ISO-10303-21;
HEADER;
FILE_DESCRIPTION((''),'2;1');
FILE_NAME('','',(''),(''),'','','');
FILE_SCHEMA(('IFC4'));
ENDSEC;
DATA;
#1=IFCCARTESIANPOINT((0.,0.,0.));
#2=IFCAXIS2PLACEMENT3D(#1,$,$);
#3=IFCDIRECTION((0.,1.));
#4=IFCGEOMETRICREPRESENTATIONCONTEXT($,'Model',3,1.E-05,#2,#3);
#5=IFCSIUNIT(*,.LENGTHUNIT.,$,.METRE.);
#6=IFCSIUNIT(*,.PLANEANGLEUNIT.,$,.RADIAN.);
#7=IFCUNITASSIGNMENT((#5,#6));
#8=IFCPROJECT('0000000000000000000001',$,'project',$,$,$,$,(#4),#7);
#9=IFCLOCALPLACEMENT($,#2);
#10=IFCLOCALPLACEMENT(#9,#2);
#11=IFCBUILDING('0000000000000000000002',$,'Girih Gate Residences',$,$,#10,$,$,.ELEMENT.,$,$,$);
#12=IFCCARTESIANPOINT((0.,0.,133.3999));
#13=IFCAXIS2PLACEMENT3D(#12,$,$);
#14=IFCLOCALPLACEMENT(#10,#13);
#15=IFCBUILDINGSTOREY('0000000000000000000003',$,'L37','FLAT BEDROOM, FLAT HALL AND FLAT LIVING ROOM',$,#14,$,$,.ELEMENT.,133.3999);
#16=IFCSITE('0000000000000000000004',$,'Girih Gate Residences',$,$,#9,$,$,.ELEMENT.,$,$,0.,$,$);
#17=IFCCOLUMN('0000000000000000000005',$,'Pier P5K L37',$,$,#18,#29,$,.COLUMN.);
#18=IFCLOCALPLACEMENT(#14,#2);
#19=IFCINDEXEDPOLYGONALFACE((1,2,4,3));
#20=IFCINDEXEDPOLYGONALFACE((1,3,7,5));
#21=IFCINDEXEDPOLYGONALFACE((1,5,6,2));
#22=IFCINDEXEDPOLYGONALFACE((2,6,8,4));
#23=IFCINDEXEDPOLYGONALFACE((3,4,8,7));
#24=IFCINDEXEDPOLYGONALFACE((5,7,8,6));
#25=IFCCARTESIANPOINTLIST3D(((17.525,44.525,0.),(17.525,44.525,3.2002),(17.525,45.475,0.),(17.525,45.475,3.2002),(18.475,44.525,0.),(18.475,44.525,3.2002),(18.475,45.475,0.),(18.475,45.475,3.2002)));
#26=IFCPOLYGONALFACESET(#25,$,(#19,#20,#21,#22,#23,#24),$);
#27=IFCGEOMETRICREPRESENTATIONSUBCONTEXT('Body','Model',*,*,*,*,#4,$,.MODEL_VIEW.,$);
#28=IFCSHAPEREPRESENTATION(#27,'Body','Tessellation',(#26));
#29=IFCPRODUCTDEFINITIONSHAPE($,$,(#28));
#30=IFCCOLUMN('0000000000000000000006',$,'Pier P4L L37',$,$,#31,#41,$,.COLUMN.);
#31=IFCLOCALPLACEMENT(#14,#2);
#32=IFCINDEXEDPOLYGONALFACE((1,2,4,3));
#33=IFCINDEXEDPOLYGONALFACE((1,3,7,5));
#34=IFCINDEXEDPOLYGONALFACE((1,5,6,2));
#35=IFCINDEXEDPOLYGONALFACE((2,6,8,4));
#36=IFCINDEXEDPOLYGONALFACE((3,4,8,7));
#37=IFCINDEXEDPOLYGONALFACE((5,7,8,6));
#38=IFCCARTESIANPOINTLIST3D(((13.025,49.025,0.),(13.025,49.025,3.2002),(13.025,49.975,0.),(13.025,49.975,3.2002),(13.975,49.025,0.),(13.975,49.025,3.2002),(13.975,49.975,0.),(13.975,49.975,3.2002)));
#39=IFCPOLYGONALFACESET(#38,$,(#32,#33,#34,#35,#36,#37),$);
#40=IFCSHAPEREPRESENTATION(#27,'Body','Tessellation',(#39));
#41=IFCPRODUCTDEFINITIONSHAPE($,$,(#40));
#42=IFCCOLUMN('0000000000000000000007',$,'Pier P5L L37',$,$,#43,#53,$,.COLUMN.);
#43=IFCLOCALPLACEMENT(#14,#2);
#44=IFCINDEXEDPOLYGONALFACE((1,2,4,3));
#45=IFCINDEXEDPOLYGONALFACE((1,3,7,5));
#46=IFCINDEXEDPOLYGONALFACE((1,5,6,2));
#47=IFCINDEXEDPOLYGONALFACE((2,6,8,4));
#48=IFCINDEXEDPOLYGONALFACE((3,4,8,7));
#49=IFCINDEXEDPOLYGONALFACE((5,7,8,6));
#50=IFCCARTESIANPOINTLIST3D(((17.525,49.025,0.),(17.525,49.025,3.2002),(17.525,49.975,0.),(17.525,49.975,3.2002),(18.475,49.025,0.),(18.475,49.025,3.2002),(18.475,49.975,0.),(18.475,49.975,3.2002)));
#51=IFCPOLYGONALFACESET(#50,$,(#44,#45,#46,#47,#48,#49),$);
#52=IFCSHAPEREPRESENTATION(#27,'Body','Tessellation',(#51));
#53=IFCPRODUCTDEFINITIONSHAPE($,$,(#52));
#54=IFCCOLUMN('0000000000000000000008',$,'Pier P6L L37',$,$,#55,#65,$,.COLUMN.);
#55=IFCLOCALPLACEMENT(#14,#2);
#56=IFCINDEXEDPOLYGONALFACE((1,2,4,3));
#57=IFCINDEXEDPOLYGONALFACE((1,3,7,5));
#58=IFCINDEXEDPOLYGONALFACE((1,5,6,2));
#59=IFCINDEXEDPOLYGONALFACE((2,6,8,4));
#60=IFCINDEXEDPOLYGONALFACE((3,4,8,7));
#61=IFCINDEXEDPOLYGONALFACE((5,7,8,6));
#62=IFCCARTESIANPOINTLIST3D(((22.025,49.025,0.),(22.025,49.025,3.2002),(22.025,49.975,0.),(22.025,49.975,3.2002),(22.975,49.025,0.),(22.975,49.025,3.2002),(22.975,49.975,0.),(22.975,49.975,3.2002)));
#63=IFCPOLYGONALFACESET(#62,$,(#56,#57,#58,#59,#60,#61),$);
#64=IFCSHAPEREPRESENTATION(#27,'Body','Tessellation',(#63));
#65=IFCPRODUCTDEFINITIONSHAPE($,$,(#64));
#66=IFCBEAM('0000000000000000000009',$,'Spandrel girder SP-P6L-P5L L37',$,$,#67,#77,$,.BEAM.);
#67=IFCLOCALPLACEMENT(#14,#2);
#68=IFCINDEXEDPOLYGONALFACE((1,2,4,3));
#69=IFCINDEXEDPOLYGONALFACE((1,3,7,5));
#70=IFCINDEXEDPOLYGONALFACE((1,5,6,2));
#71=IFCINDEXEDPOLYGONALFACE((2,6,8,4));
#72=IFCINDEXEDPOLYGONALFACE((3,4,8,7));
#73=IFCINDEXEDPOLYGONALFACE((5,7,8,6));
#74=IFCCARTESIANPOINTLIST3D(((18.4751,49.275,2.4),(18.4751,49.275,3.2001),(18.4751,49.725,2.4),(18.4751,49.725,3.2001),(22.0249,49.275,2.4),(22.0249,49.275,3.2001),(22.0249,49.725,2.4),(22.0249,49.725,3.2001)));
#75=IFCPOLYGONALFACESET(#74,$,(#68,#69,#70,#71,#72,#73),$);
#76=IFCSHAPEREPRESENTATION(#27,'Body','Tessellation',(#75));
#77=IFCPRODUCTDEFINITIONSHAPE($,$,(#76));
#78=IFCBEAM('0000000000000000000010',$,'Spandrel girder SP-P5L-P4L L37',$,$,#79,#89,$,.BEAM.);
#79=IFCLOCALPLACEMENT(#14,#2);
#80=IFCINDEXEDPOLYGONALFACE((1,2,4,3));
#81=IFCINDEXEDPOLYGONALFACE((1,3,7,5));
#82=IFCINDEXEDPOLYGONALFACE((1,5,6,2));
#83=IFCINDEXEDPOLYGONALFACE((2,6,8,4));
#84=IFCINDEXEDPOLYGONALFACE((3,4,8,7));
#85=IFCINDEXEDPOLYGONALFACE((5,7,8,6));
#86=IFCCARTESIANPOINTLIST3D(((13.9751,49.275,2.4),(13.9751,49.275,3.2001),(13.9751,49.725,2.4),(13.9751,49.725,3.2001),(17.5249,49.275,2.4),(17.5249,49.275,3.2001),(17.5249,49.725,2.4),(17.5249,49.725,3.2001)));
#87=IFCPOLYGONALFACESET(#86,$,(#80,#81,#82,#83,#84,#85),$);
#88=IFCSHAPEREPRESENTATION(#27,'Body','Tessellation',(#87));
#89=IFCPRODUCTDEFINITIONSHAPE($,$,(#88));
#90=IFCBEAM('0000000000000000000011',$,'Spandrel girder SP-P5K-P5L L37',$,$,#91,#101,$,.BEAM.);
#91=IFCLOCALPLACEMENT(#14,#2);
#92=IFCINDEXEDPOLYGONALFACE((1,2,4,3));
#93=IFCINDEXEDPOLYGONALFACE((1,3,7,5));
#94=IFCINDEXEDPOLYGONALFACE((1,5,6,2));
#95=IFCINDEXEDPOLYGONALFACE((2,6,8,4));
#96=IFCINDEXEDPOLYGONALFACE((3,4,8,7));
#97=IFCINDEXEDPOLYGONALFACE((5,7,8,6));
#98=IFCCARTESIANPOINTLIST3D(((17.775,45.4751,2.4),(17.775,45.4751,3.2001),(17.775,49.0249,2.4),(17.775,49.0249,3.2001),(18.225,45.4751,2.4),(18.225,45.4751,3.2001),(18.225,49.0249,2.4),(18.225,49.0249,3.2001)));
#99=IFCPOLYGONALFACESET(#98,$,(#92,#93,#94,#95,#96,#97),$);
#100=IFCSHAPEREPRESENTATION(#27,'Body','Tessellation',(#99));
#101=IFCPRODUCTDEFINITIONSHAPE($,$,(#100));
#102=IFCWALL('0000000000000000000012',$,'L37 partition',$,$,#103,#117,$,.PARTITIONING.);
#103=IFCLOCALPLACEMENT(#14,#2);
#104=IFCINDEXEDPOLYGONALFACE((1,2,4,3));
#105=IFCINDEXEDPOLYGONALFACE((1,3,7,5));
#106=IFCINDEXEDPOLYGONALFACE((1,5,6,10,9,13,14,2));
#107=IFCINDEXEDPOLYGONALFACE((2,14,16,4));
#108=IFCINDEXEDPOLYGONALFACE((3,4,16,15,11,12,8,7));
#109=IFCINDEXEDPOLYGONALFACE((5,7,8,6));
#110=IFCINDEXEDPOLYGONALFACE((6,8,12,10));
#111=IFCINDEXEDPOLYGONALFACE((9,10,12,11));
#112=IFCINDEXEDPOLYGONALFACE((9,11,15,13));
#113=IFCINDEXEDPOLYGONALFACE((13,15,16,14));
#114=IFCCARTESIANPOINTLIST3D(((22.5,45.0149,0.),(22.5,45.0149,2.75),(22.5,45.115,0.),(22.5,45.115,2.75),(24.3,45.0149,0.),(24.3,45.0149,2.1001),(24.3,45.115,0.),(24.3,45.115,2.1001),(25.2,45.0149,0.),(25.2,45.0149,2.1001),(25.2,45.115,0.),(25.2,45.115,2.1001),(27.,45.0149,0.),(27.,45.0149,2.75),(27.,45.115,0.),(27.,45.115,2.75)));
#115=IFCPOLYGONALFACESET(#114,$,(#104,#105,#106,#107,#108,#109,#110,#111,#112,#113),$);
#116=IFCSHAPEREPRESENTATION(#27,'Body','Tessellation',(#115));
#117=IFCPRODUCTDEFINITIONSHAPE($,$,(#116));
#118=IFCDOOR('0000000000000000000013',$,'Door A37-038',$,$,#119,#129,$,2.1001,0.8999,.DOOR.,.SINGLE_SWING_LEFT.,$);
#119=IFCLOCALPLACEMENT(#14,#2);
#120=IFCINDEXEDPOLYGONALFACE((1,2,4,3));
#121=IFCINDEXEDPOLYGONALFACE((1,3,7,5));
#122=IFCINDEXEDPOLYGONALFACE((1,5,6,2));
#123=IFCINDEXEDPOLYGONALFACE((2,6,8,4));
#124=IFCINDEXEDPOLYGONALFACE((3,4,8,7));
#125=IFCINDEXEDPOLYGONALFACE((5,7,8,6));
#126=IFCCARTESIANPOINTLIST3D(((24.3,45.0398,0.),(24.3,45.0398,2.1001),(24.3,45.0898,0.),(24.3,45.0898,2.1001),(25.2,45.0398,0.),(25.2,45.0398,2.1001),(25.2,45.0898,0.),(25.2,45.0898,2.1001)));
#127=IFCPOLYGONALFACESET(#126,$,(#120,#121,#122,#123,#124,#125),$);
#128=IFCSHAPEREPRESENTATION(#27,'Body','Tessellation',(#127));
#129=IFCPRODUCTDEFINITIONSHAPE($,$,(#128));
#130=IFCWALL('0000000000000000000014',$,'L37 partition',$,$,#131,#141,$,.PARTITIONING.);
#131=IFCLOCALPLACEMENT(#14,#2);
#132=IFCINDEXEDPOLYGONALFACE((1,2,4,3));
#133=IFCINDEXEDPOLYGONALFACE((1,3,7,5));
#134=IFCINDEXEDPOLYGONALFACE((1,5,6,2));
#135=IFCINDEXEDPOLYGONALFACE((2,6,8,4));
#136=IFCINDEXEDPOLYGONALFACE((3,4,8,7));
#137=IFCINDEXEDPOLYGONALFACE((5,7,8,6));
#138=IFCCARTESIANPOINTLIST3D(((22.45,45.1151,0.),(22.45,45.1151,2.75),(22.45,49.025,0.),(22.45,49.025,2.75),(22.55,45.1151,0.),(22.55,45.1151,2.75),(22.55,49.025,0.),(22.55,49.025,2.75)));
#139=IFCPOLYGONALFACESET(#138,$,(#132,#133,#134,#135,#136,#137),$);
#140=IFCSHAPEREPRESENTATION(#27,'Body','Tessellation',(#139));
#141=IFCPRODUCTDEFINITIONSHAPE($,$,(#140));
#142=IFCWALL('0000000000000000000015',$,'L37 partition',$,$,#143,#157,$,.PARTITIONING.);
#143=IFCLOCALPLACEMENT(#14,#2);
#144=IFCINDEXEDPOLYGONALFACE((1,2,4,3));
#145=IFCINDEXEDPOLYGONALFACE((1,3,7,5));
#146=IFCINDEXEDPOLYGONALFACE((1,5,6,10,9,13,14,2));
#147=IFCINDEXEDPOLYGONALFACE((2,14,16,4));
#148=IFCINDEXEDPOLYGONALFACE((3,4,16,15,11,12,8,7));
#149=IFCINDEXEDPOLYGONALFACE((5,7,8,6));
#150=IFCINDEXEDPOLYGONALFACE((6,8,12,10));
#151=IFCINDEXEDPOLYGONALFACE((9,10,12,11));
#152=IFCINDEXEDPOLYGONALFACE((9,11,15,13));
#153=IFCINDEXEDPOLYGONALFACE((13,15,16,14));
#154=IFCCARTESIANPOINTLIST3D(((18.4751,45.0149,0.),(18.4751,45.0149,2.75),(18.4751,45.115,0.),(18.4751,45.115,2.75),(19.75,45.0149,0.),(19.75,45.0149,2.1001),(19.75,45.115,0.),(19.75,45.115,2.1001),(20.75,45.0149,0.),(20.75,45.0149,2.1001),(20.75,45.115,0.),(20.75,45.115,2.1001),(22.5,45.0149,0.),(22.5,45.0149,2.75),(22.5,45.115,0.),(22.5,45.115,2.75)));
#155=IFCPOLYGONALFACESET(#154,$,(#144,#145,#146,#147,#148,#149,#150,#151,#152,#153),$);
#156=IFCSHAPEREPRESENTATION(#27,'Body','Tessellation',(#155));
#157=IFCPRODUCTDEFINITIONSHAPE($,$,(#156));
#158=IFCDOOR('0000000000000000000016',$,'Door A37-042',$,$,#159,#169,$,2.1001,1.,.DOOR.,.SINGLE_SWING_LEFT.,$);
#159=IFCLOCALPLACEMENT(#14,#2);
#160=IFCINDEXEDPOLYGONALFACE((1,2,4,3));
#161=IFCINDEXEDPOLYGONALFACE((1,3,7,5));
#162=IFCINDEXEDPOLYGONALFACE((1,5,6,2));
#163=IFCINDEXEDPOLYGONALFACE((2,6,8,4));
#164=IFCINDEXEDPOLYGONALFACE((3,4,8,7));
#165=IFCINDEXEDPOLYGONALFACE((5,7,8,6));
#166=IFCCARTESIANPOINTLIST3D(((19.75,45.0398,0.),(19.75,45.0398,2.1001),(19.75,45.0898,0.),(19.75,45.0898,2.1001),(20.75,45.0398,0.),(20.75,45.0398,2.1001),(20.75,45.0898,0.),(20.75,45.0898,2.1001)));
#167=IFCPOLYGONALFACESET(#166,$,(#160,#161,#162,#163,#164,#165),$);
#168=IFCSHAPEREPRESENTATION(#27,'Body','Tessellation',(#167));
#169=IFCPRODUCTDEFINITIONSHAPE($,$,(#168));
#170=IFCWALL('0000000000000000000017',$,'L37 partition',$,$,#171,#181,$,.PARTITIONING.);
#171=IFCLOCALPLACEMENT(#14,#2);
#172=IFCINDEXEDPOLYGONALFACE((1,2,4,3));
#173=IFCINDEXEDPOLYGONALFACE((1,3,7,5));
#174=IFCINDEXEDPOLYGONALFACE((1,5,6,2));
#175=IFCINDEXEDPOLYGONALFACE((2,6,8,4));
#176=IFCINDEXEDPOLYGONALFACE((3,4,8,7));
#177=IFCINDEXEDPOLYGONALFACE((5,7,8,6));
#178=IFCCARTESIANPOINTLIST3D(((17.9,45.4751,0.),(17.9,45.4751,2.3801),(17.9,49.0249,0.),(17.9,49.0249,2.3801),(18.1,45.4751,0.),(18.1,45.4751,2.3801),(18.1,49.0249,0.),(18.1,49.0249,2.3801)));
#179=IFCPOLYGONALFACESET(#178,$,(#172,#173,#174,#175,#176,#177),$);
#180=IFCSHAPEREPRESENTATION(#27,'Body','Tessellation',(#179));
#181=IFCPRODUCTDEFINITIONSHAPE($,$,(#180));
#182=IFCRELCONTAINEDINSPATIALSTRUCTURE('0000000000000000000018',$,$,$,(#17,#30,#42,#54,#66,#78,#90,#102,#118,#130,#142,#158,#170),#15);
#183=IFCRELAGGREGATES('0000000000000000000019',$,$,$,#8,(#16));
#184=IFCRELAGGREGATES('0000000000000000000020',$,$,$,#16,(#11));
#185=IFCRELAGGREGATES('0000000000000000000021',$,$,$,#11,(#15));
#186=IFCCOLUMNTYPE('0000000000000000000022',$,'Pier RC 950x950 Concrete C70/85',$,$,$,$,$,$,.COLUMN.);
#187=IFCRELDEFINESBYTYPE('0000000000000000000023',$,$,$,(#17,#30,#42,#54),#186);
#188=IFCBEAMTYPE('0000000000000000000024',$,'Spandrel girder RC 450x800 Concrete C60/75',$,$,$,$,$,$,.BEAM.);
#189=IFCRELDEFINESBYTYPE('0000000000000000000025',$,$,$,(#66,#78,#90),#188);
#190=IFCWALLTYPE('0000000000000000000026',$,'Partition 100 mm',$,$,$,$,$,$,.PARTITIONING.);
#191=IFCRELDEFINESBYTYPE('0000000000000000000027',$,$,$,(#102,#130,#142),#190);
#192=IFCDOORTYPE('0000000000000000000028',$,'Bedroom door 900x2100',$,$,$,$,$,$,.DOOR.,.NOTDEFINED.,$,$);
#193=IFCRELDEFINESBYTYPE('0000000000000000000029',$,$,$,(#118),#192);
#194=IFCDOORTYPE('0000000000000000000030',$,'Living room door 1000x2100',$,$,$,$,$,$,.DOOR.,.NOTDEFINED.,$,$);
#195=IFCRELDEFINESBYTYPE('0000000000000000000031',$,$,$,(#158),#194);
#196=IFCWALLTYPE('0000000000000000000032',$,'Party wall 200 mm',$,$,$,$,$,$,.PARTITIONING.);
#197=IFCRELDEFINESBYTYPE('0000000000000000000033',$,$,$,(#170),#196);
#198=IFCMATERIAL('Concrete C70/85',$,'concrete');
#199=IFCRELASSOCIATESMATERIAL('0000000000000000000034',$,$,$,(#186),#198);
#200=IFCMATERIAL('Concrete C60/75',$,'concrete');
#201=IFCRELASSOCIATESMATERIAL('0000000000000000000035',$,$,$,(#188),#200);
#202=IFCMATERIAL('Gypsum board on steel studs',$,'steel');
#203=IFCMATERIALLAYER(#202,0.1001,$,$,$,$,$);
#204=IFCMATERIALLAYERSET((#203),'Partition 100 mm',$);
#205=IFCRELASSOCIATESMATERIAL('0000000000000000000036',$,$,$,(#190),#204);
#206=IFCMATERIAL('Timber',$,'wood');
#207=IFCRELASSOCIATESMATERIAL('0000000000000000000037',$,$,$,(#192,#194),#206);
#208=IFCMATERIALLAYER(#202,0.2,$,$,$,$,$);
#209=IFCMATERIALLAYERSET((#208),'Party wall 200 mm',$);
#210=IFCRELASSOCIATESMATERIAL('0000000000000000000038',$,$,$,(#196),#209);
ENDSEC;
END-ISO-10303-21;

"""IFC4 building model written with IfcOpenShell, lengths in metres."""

from ifc_helpers import new_model, si_unit, direction, frame, frame_2d, origin, origin_2d, place, context, subcontext, project, spatial, rectangle, extrude, material, layer, layer_set, material_profile, profile_set, type_object, element, fill, save


model = new_model("IFC4")

# Units and contexts
model_context = context("Model", 3, precision=1e-05, world=origin(), true_north=direction((0.0, 1.0)))
body_context = subcontext(model_context, "Body", "Model", "MODEL_VIEW")
ifc_project = project(units=[si_unit("LENGTHUNIT", "METRE"), si_unit("PLANEANGLEUNIT", "RADIAN")], contexts=[model_context])

# Site, building, storey
site_placement = place(None, origin())
site = spatial("IfcSite", under=ifc_project, at=site_placement, Name="Girih Gate Residences", CompositionType="ELEMENT", RefElevation=0.0)
building_placement = place(site_placement, origin())
building = spatial("IfcBuilding", under=site, at=building_placement, Name="Girih Gate Residences", CompositionType="ELEMENT")
storey_placement = place(building_placement, frame((0.0, 0.0, 133.3999)))
storey = spatial("IfcBuildingStorey", under=building, at=storey_placement, Name="L37", Description="FLAT BEDROOM, FLAT HALL AND FLAT LIVING ROOM", CompositionType="ELEMENT", Elevation=133.3999)

# Columns
ifc_material_1 = material(Name="Concrete C70/85", Category="concrete")
ifc_material_profile_1 = material_profile(ifc_material_1, rectangle(XDim=0.95, YDim=0.95, at=origin_2d()))
ifc_profile_set_1 = profile_set([ifc_material_profile_1], Name="Concrete C70/85")
column_type = type_object("IfcColumnType", Name="Pier RC 950x950 Concrete C70/85", PredefinedType="COLUMN", material=ifc_profile_set_1)
for number, where, z_axis, x_axis, name in (
    (1, (18.0, 45.0, 0.0), (0.0, 0.0, 1.0), (1.0, 0.0, 0.0), "Pier P5K L37"),
    (2, (13.5, 49.5, 0.0), (0.0, 0.0, 1.0), (1.0, 0.0, 0.0), "Pier P4L L37"),
    (3, (18.0, 49.5, 0.0), (0.0, 0.0, 1.0), (1.0, 0.0, 0.0), "Pier P5L L37"),
    (4, (22.5, 49.5, 0.0), (0.0, 0.0, 1.0), (1.0, 0.0, 0.0), "Pier P6L L37"),
):
    element("IfcColumn", number, at=place(storey_placement, frame(where, z_axis=z_axis, x_axis=x_axis)), inside=storey, type_object=column_type, Name=name, PredefinedType="COLUMN", context=body_context, shape_type="SweptSolid", body=[
        extrude(rectangle(XDim=0.95, YDim=0.95, at=origin_2d()), origin(), (0.0, 0.0, 1.0), 3.2002),
    ])

# Beams
ifc_material_2 = material(Name="Concrete C60/75", Category="concrete")
ifc_material_profile_2 = material_profile(ifc_material_2, rectangle(XDim=0.45, YDim=0.8, at=origin_2d()))
ifc_profile_set_2 = profile_set([ifc_material_profile_2], Name="Concrete C60/75")
beam_type = type_object("IfcBeamType", Name="Spandrel girder RC 450x800 Concrete C60/75", PredefinedType="BEAM", material=ifc_profile_set_2)
for number, where, z_axis, x_axis, name in (
    (5, (22.0249, 49.5, 2.8), (-1.0, 0.0, 0.0), (0.0, -1.0, 0.0), "Spandrel girder SP-P6L-P5L L37"),
    (6, (17.5249, 49.5, 2.8), (-1.0, 0.0, 0.0), (0.0, -1.0, 0.0), "Spandrel girder SP-P5L-P4L L37"),
    (7, (18.0, 45.4751, 2.8), (0.0, 1.0, 0.0), (-1.0, 0.0, 0.0), "Spandrel girder SP-P5K-P5L L37"),
):
    element("IfcBeam", number, at=place(storey_placement, frame(where, z_axis=z_axis, x_axis=x_axis)), inside=storey, type_object=beam_type, Name=name, PredefinedType="BEAM", context=body_context, shape_type="SweptSolid", body=[
        extrude(rectangle(XDim=0.45, YDim=0.8, at=origin_2d()), origin(), (0.0, 0.0, 1.0), 3.5498),
    ])

# Wall, opening, door
ifc_material_3 = material(Name="Gypsum board on steel studs", Category="steel")
ifc_layer_1 = layer(ifc_material_3, 0.1001)
ifc_layer_set_1 = layer_set([ifc_layer_1], Name="Partition 100 mm")
wall_type_1 = type_object("IfcWallType", Name="Partition 100 mm", PredefinedType="PARTITIONING", material=ifc_layer_set_1)
wall_1_placement = place(storey_placement, frame((22.5, 45.0649, 0.0), z_axis=(0.0, 0.0, 1.0), x_axis=(1.0, 0.0, 0.0)))
wall_1 = element("IfcWall", 8, at=wall_1_placement, inside=storey, type_object=wall_type_1, Name="L37 partition", PredefinedType="PARTITIONING", context=body_context, shape_type="SweptSolid", body=[
    extrude(rectangle(XDim=4.5, YDim=0.1001, at=frame_2d((2.25, 0.0))), origin(), (0.0, 0.0, 1.0), 2.75),
])
opening_1_placement = place(wall_1_placement, frame((1.8, 0.0, 0.0)))
opening_1 = element("IfcOpeningElement", 9, at=opening_1_placement, cuts=wall_1, PredefinedType="OPENING", context=body_context, shape_type="SweptSolid", body=[
    extrude(rectangle(XDim=0.8999, YDim=2.1001, at=frame_2d((0.45, 1.05))), frame((0.0, 0.0601, 0.0), z_axis=(0.0, -1.0, 0.0), x_axis=(1.0, 0.0, 0.0)), (0.0, 0.0, 1.0), 0.1201),
])
ifc_material_4 = material(Name="Timber", Category="wood")
door_type_1 = type_object("IfcDoorType", Name="Bedroom door 900x2100", OperationType="NOTDEFINED", PredefinedType="DOOR", material=ifc_material_4)
door_1_placement = place(opening_1_placement, origin())
door_1 = element("IfcDoor", 10, at=door_1_placement, inside=storey, type_object=door_type_1, Name="Door A37-038", OperationType="SINGLE_SWING_LEFT", OverallHeight=2.1001, OverallWidth=0.8999, PredefinedType="DOOR", context=body_context, shape_type="SweptSolid", body=[
    extrude(rectangle(XDim=0.8999, YDim=2.1001, at=frame_2d((0.45, 1.05))), frame((0.0, 0.0249, 0.0), z_axis=(0.0, -1.0, 0.0), x_axis=(1.0, 0.0, 0.0)), (0.0, 0.0, 1.0), 0.05),
])
fill(opening_1, door_1)

# Wall
wall_2_placement = place(storey_placement, frame((22.5, 45.115, 0.0), z_axis=(0.0, 0.0, 1.0), x_axis=(0.0, 1.0, 0.0)))
element("IfcWall", 11, at=wall_2_placement, inside=storey, type_object=wall_type_1, Name="L37 partition", PredefinedType="PARTITIONING", context=body_context, shape_type="SweptSolid", body=[
    extrude(rectangle(XDim=3.9099, YDim=0.1001, at=frame_2d((1.9551, 0.0))), origin(), (0.0, 0.0, 1.0), 2.75),
])

# Wall, opening, door
wall_3_placement = place(storey_placement, frame((18.4751, 45.0649, 0.0), z_axis=(0.0, 0.0, 1.0), x_axis=(1.0, 0.0, 0.0)))
wall_3 = element("IfcWall", 12, at=wall_3_placement, inside=storey, type_object=wall_type_1, Name="L37 partition", PredefinedType="PARTITIONING", context=body_context, shape_type="SweptSolid", body=[
    extrude(rectangle(XDim=4.0249, YDim=0.1001, at=frame_2d((2.0125, 0.0))), origin(), (0.0, 0.0, 1.0), 2.75),
])
opening_2_placement = place(wall_3_placement, frame((1.2749, 0.0, 0.0)))
opening_2 = element("IfcOpeningElement", 13, at=opening_2_placement, cuts=wall_3, PredefinedType="OPENING", context=body_context, shape_type="SweptSolid", body=[
    extrude(rectangle(XDim=1.0, YDim=2.1001, at=frame_2d((0.5, 1.05))), frame((0.0, 0.0601, 0.0), z_axis=(0.0, -1.0, 0.0), x_axis=(1.0, 0.0, 0.0)), (0.0, 0.0, 1.0), 0.1201),
])
door_type_2 = type_object("IfcDoorType", Name="Living room door 1000x2100", OperationType="NOTDEFINED", PredefinedType="DOOR", material=ifc_material_4)
door_2_placement = place(opening_2_placement, origin())
door_2 = element("IfcDoor", 14, at=door_2_placement, inside=storey, type_object=door_type_2, Name="Door A37-042", OperationType="SINGLE_SWING_LEFT", OverallHeight=2.1001, OverallWidth=1.0, PredefinedType="DOOR", context=body_context, shape_type="SweptSolid", body=[
    extrude(rectangle(XDim=1.0, YDim=2.1001, at=frame_2d((0.5, 1.05))), frame((0.0, 0.0249, 0.0), z_axis=(0.0, -1.0, 0.0), x_axis=(1.0, 0.0, 0.0)), (0.0, 0.0, 1.0), 0.05),
])
fill(opening_2, door_2)

# Wall
ifc_layer_2 = layer(ifc_material_3, 0.2)
ifc_layer_set_2 = layer_set([ifc_layer_2], Name="Party wall 200 mm")
wall_type_2 = type_object("IfcWallType", Name="Party wall 200 mm", PredefinedType="PARTITIONING", material=ifc_layer_set_2)
wall_4_placement = place(storey_placement, frame((18.0, 45.4751, 0.0), z_axis=(0.0, 0.0, 1.0), x_axis=(0.0, 1.0, 0.0)))
element("IfcWall", 15, at=wall_4_placement, inside=storey, type_object=wall_type_2, Name="L37 partition", PredefinedType="PARTITIONING", context=body_context, shape_type="SweptSolid", body=[
    extrude(rectangle(XDim=3.5498, YDim=0.2, at=frame_2d((1.7749, 0.0))), origin(), (0.0, 0.0, 1.0), 2.3801),
])

save(model, "model.ifc")
